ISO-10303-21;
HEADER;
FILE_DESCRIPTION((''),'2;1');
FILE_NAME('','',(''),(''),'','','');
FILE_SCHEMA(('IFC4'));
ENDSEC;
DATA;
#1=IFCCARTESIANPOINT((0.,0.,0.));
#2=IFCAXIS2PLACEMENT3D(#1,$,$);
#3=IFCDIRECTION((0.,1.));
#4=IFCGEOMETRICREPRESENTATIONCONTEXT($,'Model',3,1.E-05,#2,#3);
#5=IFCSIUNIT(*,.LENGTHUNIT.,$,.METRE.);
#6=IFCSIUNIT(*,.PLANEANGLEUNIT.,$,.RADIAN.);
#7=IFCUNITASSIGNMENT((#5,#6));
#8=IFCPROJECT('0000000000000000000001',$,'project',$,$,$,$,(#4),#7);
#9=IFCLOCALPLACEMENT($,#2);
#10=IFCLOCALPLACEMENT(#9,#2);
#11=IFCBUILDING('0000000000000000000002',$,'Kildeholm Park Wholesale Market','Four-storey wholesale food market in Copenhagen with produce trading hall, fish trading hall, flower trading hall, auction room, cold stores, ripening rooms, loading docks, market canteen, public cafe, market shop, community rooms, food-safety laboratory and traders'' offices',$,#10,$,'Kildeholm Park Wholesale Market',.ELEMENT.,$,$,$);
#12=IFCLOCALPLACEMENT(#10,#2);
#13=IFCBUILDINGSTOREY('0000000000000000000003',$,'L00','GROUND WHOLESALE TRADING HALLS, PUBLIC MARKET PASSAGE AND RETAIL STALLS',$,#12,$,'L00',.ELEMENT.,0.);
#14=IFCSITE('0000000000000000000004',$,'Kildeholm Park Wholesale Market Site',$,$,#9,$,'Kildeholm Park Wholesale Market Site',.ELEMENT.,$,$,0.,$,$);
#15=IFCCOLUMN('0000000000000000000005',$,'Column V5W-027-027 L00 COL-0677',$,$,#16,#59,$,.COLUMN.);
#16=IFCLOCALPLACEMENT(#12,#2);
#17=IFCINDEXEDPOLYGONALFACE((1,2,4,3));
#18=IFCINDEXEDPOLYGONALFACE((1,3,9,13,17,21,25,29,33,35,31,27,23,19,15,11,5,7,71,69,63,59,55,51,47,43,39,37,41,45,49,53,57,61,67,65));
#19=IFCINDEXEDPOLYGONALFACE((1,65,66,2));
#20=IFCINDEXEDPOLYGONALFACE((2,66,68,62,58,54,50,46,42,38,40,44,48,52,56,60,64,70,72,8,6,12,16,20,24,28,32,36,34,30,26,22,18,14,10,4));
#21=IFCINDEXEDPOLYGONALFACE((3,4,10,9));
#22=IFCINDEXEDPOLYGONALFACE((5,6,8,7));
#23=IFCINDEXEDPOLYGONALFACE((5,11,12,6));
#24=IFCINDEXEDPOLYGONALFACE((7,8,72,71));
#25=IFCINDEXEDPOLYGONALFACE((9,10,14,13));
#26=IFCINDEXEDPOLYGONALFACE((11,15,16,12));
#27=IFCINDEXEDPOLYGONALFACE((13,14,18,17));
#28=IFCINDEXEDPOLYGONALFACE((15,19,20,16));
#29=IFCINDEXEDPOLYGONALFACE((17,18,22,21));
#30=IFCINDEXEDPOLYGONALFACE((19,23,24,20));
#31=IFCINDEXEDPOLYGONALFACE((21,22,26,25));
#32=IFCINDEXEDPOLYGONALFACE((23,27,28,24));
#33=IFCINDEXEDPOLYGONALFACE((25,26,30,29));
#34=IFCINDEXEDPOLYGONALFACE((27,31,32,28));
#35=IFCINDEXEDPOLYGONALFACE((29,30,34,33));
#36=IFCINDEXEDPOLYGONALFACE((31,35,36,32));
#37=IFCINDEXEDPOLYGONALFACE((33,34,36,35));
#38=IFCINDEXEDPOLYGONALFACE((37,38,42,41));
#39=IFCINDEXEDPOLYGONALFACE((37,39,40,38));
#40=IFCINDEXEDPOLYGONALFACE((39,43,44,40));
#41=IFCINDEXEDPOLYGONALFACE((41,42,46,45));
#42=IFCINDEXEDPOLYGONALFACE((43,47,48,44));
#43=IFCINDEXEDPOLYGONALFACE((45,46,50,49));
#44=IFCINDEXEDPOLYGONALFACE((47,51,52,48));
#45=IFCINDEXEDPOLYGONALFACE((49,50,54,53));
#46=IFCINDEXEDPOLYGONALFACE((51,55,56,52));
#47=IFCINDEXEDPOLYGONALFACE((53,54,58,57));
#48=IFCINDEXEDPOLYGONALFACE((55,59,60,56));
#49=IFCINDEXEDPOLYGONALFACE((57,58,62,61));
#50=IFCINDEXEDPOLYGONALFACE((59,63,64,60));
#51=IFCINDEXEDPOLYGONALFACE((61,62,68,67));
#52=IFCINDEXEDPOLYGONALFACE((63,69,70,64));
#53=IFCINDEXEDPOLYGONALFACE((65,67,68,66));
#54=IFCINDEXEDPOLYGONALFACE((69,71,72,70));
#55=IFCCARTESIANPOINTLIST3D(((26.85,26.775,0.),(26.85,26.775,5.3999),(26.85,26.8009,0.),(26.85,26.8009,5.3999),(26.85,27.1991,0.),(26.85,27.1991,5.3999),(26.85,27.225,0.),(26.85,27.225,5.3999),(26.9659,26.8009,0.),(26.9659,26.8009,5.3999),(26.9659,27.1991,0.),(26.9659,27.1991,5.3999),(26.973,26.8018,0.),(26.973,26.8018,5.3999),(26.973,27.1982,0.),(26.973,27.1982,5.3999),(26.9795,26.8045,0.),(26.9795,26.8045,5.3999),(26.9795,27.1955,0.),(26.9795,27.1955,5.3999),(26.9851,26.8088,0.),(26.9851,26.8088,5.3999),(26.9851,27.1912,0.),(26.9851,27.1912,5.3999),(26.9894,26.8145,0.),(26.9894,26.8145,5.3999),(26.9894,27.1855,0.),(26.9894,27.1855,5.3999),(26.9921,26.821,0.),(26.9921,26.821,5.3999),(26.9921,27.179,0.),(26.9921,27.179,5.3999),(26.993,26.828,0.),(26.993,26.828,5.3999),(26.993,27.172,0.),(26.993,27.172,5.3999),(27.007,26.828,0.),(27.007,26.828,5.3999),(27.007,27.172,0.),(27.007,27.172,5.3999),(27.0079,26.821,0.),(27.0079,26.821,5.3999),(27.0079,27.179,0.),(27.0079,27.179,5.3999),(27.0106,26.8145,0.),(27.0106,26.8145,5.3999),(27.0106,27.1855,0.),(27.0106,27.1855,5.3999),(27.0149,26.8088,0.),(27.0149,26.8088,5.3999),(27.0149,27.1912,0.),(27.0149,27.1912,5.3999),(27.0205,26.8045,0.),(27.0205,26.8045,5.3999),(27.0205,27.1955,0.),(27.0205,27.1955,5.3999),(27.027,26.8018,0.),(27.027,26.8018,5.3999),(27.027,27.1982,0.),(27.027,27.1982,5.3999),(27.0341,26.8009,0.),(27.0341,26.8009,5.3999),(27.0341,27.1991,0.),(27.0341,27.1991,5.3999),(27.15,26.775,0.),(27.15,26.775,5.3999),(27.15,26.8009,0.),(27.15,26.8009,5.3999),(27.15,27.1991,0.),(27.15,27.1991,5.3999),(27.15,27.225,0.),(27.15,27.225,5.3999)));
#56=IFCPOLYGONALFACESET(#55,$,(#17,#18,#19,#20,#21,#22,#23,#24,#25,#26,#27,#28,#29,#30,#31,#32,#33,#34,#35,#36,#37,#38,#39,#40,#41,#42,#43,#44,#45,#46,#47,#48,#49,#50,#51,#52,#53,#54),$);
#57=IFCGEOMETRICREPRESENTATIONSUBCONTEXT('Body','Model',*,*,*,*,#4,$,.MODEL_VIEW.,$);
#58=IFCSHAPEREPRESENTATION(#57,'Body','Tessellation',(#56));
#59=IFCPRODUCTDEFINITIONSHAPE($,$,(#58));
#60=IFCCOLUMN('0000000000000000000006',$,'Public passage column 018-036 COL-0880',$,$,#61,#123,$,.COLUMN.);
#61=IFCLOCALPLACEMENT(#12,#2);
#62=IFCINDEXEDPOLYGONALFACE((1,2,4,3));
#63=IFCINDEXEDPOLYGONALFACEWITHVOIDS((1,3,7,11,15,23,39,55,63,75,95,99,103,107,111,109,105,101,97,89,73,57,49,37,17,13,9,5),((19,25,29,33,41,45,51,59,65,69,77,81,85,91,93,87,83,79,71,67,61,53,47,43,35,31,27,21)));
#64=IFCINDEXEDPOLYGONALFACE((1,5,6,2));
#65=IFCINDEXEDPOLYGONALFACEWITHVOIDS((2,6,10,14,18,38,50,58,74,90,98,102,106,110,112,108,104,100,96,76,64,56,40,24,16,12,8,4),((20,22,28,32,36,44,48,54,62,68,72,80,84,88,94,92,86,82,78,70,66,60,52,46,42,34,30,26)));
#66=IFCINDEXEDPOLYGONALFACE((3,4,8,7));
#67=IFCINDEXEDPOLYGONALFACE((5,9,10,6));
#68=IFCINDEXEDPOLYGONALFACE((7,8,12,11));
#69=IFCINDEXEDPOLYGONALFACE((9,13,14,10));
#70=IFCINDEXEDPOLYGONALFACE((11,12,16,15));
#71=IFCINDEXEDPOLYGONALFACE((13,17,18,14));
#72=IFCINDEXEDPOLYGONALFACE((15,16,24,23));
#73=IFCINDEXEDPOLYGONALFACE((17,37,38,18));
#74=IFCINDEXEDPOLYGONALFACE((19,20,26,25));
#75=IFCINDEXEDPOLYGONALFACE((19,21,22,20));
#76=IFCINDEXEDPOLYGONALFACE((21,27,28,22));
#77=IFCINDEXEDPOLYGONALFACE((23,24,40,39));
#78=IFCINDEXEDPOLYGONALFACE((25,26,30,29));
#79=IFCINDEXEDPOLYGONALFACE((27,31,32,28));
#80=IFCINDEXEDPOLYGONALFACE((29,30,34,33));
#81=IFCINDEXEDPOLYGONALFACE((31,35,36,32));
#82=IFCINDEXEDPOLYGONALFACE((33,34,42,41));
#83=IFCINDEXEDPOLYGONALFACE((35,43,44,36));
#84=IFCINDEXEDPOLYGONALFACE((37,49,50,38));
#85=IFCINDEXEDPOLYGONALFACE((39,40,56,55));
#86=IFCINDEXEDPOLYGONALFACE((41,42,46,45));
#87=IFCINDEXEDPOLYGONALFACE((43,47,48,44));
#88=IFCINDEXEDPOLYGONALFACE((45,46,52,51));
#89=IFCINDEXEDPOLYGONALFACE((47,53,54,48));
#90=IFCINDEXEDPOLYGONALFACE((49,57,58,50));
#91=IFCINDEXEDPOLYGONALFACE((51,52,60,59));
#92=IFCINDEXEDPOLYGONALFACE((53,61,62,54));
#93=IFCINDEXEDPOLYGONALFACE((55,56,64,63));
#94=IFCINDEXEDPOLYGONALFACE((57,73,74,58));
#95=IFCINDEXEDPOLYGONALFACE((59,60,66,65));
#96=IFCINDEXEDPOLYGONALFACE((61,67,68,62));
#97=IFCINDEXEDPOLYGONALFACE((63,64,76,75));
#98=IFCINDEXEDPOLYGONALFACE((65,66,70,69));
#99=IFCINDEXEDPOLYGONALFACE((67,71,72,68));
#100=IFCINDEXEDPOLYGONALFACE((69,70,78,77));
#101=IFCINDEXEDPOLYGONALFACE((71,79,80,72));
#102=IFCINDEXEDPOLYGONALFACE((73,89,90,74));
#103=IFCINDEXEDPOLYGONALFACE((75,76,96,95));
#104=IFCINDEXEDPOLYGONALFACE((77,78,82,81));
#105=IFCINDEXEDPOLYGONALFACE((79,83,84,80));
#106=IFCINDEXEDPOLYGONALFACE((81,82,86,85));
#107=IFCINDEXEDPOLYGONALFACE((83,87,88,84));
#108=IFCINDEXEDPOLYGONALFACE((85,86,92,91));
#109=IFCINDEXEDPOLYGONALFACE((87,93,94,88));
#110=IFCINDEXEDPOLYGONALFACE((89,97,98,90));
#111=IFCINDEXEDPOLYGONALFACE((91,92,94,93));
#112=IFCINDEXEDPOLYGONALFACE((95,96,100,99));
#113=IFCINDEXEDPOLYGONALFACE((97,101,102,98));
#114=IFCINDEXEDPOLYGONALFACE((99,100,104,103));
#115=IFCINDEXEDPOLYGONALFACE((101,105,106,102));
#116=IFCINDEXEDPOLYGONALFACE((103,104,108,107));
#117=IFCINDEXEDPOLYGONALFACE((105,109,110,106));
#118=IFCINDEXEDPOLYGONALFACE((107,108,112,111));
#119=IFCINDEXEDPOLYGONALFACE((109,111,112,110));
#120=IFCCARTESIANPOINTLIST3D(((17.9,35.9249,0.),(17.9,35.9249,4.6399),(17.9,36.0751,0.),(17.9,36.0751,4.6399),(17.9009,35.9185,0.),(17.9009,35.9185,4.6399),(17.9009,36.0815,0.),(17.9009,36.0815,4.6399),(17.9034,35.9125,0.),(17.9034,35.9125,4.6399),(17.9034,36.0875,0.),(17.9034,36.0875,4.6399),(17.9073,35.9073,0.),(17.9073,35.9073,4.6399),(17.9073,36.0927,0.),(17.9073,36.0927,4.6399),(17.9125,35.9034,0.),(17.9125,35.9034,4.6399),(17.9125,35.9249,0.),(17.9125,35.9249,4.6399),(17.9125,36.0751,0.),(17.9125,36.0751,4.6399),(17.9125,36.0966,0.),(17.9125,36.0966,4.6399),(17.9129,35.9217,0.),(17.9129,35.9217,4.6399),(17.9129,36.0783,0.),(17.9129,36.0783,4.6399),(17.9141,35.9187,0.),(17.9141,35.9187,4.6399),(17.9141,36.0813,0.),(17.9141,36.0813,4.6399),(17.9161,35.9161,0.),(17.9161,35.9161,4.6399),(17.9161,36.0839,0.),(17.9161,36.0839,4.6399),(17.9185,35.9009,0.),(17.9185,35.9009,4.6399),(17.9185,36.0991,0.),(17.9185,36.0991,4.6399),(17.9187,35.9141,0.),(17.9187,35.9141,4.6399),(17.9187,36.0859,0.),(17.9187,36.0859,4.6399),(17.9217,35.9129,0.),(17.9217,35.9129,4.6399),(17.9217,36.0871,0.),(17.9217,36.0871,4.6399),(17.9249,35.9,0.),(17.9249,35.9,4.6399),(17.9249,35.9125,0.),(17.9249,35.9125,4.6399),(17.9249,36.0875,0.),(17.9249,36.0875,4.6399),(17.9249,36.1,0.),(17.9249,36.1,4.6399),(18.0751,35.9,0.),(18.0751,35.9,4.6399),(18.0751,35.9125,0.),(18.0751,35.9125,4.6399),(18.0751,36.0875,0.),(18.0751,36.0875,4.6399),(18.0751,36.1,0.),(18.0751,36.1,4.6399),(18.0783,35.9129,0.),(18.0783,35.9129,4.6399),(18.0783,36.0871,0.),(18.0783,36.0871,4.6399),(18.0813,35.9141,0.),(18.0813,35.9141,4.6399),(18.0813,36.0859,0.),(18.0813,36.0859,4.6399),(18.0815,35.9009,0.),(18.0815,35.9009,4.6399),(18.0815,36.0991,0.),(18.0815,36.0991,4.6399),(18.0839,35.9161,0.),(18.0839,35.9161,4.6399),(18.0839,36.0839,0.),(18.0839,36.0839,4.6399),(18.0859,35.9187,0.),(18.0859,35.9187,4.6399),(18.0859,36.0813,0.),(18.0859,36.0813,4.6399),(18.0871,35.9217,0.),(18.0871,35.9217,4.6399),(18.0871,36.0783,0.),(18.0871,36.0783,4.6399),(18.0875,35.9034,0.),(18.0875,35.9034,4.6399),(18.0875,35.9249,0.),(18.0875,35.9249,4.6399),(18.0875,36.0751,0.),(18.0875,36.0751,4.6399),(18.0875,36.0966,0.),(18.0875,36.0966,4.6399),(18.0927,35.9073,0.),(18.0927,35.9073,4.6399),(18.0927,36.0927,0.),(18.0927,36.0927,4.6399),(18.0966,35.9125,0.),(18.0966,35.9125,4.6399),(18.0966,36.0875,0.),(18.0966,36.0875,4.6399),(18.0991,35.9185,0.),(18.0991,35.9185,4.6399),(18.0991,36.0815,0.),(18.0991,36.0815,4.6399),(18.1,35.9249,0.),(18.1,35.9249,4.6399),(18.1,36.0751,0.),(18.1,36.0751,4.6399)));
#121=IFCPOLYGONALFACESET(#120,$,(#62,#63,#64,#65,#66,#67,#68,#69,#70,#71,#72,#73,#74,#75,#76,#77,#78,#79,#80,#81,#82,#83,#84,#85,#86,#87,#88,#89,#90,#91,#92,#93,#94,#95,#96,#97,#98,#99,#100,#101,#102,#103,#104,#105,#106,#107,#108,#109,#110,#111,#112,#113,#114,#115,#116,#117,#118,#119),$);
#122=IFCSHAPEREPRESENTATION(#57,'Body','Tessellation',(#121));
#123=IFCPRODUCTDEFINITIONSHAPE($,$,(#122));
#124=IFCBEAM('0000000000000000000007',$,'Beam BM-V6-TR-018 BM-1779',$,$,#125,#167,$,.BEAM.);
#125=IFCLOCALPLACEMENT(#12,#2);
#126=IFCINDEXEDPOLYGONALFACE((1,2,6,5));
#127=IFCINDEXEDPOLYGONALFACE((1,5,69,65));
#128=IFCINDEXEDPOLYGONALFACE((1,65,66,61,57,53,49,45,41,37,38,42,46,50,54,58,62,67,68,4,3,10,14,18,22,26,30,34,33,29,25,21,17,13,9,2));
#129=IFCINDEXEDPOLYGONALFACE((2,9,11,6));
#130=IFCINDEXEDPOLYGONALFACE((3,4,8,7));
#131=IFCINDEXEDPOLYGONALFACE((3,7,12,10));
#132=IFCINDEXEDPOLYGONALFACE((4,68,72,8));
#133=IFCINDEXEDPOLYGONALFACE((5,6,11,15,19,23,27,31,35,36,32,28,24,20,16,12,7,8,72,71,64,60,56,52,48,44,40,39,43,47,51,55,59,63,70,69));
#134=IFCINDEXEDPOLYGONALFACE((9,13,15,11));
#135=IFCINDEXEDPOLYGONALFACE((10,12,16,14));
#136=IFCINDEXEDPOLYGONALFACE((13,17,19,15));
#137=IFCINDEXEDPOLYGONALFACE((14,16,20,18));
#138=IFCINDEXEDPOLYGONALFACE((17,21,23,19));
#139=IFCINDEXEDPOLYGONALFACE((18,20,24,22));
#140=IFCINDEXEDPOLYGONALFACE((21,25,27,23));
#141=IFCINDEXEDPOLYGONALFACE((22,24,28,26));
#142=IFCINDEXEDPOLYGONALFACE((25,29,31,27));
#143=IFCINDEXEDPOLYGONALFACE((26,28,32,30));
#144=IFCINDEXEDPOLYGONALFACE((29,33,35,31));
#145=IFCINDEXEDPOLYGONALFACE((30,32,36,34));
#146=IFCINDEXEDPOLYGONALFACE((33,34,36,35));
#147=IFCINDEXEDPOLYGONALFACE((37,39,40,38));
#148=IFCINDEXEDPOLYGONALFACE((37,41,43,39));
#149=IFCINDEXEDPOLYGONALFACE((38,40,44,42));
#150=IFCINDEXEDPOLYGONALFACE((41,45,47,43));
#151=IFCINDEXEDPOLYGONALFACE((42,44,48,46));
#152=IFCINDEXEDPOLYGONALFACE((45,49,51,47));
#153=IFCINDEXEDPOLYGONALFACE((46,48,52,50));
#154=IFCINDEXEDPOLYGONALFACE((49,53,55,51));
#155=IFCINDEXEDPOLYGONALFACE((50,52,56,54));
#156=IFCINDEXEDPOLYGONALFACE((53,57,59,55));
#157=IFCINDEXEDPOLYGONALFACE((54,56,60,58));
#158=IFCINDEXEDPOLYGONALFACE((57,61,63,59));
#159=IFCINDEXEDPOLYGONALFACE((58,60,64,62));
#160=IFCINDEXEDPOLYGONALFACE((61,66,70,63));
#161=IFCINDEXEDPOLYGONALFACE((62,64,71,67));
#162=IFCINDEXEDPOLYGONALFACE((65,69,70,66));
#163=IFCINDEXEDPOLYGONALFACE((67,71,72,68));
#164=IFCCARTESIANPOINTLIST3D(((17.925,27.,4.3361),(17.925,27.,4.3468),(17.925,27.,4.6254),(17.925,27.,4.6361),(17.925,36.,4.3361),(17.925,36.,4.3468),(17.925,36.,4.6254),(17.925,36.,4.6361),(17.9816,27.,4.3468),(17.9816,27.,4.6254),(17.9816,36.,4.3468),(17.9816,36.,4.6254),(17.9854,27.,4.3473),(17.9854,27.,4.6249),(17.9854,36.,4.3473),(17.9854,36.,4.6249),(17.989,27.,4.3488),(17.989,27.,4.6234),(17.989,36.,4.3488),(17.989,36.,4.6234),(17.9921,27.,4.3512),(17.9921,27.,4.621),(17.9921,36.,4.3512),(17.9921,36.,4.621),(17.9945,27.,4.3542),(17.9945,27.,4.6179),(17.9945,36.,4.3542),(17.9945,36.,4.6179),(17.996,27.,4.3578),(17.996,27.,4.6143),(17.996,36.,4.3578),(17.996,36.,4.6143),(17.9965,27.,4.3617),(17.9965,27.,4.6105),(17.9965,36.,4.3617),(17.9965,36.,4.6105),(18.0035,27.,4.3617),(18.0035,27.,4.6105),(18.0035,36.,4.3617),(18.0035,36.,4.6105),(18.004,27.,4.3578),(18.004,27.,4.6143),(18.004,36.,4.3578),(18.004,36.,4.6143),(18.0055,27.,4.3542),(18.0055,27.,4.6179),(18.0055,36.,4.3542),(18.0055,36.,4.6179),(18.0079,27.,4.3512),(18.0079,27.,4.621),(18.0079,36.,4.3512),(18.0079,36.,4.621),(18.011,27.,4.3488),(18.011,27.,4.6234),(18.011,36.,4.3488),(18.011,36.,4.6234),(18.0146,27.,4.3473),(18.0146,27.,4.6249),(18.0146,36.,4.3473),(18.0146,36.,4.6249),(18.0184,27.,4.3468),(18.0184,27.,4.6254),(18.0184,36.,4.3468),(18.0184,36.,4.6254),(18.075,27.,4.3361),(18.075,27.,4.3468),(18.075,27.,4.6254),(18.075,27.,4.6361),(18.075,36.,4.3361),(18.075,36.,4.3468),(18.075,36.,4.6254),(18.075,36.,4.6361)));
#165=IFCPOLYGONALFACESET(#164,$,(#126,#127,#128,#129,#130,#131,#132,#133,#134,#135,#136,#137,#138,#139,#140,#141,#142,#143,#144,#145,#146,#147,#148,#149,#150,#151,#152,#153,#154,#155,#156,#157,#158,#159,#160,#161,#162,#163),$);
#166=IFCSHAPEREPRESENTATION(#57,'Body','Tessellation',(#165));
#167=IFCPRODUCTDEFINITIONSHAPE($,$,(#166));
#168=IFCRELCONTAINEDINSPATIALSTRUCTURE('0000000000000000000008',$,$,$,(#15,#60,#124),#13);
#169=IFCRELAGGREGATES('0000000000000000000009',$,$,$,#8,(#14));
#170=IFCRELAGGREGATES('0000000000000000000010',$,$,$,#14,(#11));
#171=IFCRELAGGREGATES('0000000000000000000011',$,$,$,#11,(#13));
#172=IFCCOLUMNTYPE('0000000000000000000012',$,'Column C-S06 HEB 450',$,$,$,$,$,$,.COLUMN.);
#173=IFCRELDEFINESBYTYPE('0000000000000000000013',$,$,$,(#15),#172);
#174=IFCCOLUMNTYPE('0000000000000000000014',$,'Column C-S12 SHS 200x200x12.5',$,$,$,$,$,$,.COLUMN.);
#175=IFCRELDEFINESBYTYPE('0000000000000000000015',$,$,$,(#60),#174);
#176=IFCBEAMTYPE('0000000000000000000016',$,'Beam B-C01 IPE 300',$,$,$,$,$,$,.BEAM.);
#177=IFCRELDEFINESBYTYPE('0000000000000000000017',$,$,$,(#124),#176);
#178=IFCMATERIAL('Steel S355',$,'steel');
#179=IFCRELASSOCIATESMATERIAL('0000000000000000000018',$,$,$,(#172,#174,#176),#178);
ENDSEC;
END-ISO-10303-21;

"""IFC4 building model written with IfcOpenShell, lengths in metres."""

from ifc_helpers import new_model, si_unit, direction, frame, origin, origin_2d, place, context, subcontext, project, spatial, hollow_rectangle, i_section, extrude, material, material_profile, profile_set, type_object, element, save


model = new_model("IFC4")

# Units and contexts
model_context = context("Model", 3, precision=1e-05, world=origin(), true_north=direction((0.0, 1.0)))
body_context = subcontext(model_context, "Body", "Model", "MODEL_VIEW")
ifc_project = project(units=[si_unit("LENGTHUNIT", "METRE"), si_unit("PLANEANGLEUNIT", "RADIAN")], contexts=[model_context])

# Site, building, storey
site_placement = place(None, origin())
site = spatial("IfcSite", under=ifc_project, at=site_placement, Name="Kildeholm Park Wholesale Market Site", LongName="Kildeholm Park Wholesale Market Site", CompositionType="ELEMENT", RefElevation=0.0)
building_placement = place(site_placement, origin())
building = spatial("IfcBuilding", under=site, at=building_placement, Name="Kildeholm Park Wholesale Market", Description="Four-storey wholesale food market in Copenhagen with produce trading hall, fish trading hall, flower trading hall, auction room, cold stores, ripening rooms, loading docks, market canteen, public cafe, market shop, community rooms, food-safety laboratory and traders' offices", LongName="Kildeholm Park Wholesale Market", CompositionType="ELEMENT")
storey_placement = place(building_placement, origin())
storey = spatial("IfcBuildingStorey", under=building, at=storey_placement, Name="L00", Description="GROUND WHOLESALE TRADING HALLS, PUBLIC MARKET PASSAGE AND RETAIL STALLS", LongName="L00", CompositionType="ELEMENT", Elevation=0.0)

# Columns
ifc_material_1 = material(Name="Steel S355", Category="steel")
ifc_material_profile_1 = material_profile(ifc_material_1, i_section(OverallWidth=0.3, OverallDepth=0.45, WebThickness=0.0139, FlangeThickness=0.0259, FilletRadius=0.0271, at=origin_2d()), Name="HEB 450")
ifc_profile_set_1 = profile_set([ifc_material_profile_1], Name="Steel S355")
column_type_1 = type_object("IfcColumnType", Name="Column C-S06 HEB 450", PredefinedType="COLUMN", material=ifc_profile_set_1)
for number, where, z_axis, x_axis, name in (
    (1, (27.0, 27.0, 0.0), (0.0, 0.0, 1.0), (1.0, 0.0, 0.0), "Column V5W-027-027 L00 COL-0677"),
):
    element("IfcColumn", number, at=place(storey_placement, frame(where, z_axis=z_axis, x_axis=x_axis)), inside=storey, type_object=column_type_1, Name=name, PredefinedType="COLUMN", context=body_context, shape_type="SweptSolid", body=[
        extrude(i_section(OverallWidth=0.3, OverallDepth=0.45, WebThickness=0.0139, FlangeThickness=0.0259, FilletRadius=0.0271, at=origin_2d()), origin(), (0.0, 0.0, 1.0), 5.3999),
    ])
ifc_material_profile_2 = material_profile(ifc_material_1, hollow_rectangle(XDim=0.2, YDim=0.2, WallThickness=0.0125, InnerFilletRadius=0.0125, OuterFilletRadius=0.0249, at=origin_2d()), Name="SHS 200x200x12.5")
ifc_profile_set_2 = profile_set([ifc_material_profile_2], Name="Steel S355")
column_type_2 = type_object("IfcColumnType", Name="Column C-S12 SHS 200x200x12.5", PredefinedType="COLUMN", material=ifc_profile_set_2)
column_placement = place(storey_placement, frame((18.0, 36.0, 0.0), z_axis=(0.0, 0.0, 1.0), x_axis=(1.0, 0.0, 0.0)))
element("IfcColumn", 2, at=column_placement, inside=storey, type_object=column_type_2, Name="Public passage column 018-036 COL-0880", PredefinedType="COLUMN", context=body_context, shape_type="SweptSolid", body=[
    extrude(hollow_rectangle(XDim=0.2, YDim=0.2, WallThickness=0.0125, InnerFilletRadius=0.0125, OuterFilletRadius=0.0249, at=origin_2d()), origin(), (0.0, 0.0, 1.0), 4.6399),
])

# Beam
ifc_material_profile_3 = material_profile(ifc_material_1, i_section(OverallWidth=0.1499, OverallDepth=0.3, WebThickness=0.0071, FlangeThickness=0.0107, FilletRadius=0.0149, at=origin_2d()), Name="IPE 300")
ifc_profile_set_3 = profile_set([ifc_material_profile_3], Name="Steel S355")
beam_type_1 = type_object("IfcBeamType", Name="Beam B-C01 IPE 300", PredefinedType="BEAM", material=ifc_profile_set_3)
for number, where, z_axis, x_axis, name in (
    (3, (18.0, 27.0, 4.4861), (0.0, 1.0, 0.0), (-1.0, 0.0, 0.0), "Beam BM-V6-TR-018 BM-1779"),
):
    element("IfcBeam", number, at=place(storey_placement, frame(where, z_axis=z_axis, x_axis=x_axis)), inside=storey, type_object=beam_type_1, Name=name, PredefinedType="BEAM", context=body_context, shape_type="SweptSolid", body=[
        extrude(i_section(OverallWidth=0.1499, OverallDepth=0.3, WebThickness=0.0071, FlangeThickness=0.0107, FilletRadius=0.0149, at=origin_2d()), origin(), (0.0, 0.0, 1.0), 9.0),
    ])

save(model, "model.ifc")
